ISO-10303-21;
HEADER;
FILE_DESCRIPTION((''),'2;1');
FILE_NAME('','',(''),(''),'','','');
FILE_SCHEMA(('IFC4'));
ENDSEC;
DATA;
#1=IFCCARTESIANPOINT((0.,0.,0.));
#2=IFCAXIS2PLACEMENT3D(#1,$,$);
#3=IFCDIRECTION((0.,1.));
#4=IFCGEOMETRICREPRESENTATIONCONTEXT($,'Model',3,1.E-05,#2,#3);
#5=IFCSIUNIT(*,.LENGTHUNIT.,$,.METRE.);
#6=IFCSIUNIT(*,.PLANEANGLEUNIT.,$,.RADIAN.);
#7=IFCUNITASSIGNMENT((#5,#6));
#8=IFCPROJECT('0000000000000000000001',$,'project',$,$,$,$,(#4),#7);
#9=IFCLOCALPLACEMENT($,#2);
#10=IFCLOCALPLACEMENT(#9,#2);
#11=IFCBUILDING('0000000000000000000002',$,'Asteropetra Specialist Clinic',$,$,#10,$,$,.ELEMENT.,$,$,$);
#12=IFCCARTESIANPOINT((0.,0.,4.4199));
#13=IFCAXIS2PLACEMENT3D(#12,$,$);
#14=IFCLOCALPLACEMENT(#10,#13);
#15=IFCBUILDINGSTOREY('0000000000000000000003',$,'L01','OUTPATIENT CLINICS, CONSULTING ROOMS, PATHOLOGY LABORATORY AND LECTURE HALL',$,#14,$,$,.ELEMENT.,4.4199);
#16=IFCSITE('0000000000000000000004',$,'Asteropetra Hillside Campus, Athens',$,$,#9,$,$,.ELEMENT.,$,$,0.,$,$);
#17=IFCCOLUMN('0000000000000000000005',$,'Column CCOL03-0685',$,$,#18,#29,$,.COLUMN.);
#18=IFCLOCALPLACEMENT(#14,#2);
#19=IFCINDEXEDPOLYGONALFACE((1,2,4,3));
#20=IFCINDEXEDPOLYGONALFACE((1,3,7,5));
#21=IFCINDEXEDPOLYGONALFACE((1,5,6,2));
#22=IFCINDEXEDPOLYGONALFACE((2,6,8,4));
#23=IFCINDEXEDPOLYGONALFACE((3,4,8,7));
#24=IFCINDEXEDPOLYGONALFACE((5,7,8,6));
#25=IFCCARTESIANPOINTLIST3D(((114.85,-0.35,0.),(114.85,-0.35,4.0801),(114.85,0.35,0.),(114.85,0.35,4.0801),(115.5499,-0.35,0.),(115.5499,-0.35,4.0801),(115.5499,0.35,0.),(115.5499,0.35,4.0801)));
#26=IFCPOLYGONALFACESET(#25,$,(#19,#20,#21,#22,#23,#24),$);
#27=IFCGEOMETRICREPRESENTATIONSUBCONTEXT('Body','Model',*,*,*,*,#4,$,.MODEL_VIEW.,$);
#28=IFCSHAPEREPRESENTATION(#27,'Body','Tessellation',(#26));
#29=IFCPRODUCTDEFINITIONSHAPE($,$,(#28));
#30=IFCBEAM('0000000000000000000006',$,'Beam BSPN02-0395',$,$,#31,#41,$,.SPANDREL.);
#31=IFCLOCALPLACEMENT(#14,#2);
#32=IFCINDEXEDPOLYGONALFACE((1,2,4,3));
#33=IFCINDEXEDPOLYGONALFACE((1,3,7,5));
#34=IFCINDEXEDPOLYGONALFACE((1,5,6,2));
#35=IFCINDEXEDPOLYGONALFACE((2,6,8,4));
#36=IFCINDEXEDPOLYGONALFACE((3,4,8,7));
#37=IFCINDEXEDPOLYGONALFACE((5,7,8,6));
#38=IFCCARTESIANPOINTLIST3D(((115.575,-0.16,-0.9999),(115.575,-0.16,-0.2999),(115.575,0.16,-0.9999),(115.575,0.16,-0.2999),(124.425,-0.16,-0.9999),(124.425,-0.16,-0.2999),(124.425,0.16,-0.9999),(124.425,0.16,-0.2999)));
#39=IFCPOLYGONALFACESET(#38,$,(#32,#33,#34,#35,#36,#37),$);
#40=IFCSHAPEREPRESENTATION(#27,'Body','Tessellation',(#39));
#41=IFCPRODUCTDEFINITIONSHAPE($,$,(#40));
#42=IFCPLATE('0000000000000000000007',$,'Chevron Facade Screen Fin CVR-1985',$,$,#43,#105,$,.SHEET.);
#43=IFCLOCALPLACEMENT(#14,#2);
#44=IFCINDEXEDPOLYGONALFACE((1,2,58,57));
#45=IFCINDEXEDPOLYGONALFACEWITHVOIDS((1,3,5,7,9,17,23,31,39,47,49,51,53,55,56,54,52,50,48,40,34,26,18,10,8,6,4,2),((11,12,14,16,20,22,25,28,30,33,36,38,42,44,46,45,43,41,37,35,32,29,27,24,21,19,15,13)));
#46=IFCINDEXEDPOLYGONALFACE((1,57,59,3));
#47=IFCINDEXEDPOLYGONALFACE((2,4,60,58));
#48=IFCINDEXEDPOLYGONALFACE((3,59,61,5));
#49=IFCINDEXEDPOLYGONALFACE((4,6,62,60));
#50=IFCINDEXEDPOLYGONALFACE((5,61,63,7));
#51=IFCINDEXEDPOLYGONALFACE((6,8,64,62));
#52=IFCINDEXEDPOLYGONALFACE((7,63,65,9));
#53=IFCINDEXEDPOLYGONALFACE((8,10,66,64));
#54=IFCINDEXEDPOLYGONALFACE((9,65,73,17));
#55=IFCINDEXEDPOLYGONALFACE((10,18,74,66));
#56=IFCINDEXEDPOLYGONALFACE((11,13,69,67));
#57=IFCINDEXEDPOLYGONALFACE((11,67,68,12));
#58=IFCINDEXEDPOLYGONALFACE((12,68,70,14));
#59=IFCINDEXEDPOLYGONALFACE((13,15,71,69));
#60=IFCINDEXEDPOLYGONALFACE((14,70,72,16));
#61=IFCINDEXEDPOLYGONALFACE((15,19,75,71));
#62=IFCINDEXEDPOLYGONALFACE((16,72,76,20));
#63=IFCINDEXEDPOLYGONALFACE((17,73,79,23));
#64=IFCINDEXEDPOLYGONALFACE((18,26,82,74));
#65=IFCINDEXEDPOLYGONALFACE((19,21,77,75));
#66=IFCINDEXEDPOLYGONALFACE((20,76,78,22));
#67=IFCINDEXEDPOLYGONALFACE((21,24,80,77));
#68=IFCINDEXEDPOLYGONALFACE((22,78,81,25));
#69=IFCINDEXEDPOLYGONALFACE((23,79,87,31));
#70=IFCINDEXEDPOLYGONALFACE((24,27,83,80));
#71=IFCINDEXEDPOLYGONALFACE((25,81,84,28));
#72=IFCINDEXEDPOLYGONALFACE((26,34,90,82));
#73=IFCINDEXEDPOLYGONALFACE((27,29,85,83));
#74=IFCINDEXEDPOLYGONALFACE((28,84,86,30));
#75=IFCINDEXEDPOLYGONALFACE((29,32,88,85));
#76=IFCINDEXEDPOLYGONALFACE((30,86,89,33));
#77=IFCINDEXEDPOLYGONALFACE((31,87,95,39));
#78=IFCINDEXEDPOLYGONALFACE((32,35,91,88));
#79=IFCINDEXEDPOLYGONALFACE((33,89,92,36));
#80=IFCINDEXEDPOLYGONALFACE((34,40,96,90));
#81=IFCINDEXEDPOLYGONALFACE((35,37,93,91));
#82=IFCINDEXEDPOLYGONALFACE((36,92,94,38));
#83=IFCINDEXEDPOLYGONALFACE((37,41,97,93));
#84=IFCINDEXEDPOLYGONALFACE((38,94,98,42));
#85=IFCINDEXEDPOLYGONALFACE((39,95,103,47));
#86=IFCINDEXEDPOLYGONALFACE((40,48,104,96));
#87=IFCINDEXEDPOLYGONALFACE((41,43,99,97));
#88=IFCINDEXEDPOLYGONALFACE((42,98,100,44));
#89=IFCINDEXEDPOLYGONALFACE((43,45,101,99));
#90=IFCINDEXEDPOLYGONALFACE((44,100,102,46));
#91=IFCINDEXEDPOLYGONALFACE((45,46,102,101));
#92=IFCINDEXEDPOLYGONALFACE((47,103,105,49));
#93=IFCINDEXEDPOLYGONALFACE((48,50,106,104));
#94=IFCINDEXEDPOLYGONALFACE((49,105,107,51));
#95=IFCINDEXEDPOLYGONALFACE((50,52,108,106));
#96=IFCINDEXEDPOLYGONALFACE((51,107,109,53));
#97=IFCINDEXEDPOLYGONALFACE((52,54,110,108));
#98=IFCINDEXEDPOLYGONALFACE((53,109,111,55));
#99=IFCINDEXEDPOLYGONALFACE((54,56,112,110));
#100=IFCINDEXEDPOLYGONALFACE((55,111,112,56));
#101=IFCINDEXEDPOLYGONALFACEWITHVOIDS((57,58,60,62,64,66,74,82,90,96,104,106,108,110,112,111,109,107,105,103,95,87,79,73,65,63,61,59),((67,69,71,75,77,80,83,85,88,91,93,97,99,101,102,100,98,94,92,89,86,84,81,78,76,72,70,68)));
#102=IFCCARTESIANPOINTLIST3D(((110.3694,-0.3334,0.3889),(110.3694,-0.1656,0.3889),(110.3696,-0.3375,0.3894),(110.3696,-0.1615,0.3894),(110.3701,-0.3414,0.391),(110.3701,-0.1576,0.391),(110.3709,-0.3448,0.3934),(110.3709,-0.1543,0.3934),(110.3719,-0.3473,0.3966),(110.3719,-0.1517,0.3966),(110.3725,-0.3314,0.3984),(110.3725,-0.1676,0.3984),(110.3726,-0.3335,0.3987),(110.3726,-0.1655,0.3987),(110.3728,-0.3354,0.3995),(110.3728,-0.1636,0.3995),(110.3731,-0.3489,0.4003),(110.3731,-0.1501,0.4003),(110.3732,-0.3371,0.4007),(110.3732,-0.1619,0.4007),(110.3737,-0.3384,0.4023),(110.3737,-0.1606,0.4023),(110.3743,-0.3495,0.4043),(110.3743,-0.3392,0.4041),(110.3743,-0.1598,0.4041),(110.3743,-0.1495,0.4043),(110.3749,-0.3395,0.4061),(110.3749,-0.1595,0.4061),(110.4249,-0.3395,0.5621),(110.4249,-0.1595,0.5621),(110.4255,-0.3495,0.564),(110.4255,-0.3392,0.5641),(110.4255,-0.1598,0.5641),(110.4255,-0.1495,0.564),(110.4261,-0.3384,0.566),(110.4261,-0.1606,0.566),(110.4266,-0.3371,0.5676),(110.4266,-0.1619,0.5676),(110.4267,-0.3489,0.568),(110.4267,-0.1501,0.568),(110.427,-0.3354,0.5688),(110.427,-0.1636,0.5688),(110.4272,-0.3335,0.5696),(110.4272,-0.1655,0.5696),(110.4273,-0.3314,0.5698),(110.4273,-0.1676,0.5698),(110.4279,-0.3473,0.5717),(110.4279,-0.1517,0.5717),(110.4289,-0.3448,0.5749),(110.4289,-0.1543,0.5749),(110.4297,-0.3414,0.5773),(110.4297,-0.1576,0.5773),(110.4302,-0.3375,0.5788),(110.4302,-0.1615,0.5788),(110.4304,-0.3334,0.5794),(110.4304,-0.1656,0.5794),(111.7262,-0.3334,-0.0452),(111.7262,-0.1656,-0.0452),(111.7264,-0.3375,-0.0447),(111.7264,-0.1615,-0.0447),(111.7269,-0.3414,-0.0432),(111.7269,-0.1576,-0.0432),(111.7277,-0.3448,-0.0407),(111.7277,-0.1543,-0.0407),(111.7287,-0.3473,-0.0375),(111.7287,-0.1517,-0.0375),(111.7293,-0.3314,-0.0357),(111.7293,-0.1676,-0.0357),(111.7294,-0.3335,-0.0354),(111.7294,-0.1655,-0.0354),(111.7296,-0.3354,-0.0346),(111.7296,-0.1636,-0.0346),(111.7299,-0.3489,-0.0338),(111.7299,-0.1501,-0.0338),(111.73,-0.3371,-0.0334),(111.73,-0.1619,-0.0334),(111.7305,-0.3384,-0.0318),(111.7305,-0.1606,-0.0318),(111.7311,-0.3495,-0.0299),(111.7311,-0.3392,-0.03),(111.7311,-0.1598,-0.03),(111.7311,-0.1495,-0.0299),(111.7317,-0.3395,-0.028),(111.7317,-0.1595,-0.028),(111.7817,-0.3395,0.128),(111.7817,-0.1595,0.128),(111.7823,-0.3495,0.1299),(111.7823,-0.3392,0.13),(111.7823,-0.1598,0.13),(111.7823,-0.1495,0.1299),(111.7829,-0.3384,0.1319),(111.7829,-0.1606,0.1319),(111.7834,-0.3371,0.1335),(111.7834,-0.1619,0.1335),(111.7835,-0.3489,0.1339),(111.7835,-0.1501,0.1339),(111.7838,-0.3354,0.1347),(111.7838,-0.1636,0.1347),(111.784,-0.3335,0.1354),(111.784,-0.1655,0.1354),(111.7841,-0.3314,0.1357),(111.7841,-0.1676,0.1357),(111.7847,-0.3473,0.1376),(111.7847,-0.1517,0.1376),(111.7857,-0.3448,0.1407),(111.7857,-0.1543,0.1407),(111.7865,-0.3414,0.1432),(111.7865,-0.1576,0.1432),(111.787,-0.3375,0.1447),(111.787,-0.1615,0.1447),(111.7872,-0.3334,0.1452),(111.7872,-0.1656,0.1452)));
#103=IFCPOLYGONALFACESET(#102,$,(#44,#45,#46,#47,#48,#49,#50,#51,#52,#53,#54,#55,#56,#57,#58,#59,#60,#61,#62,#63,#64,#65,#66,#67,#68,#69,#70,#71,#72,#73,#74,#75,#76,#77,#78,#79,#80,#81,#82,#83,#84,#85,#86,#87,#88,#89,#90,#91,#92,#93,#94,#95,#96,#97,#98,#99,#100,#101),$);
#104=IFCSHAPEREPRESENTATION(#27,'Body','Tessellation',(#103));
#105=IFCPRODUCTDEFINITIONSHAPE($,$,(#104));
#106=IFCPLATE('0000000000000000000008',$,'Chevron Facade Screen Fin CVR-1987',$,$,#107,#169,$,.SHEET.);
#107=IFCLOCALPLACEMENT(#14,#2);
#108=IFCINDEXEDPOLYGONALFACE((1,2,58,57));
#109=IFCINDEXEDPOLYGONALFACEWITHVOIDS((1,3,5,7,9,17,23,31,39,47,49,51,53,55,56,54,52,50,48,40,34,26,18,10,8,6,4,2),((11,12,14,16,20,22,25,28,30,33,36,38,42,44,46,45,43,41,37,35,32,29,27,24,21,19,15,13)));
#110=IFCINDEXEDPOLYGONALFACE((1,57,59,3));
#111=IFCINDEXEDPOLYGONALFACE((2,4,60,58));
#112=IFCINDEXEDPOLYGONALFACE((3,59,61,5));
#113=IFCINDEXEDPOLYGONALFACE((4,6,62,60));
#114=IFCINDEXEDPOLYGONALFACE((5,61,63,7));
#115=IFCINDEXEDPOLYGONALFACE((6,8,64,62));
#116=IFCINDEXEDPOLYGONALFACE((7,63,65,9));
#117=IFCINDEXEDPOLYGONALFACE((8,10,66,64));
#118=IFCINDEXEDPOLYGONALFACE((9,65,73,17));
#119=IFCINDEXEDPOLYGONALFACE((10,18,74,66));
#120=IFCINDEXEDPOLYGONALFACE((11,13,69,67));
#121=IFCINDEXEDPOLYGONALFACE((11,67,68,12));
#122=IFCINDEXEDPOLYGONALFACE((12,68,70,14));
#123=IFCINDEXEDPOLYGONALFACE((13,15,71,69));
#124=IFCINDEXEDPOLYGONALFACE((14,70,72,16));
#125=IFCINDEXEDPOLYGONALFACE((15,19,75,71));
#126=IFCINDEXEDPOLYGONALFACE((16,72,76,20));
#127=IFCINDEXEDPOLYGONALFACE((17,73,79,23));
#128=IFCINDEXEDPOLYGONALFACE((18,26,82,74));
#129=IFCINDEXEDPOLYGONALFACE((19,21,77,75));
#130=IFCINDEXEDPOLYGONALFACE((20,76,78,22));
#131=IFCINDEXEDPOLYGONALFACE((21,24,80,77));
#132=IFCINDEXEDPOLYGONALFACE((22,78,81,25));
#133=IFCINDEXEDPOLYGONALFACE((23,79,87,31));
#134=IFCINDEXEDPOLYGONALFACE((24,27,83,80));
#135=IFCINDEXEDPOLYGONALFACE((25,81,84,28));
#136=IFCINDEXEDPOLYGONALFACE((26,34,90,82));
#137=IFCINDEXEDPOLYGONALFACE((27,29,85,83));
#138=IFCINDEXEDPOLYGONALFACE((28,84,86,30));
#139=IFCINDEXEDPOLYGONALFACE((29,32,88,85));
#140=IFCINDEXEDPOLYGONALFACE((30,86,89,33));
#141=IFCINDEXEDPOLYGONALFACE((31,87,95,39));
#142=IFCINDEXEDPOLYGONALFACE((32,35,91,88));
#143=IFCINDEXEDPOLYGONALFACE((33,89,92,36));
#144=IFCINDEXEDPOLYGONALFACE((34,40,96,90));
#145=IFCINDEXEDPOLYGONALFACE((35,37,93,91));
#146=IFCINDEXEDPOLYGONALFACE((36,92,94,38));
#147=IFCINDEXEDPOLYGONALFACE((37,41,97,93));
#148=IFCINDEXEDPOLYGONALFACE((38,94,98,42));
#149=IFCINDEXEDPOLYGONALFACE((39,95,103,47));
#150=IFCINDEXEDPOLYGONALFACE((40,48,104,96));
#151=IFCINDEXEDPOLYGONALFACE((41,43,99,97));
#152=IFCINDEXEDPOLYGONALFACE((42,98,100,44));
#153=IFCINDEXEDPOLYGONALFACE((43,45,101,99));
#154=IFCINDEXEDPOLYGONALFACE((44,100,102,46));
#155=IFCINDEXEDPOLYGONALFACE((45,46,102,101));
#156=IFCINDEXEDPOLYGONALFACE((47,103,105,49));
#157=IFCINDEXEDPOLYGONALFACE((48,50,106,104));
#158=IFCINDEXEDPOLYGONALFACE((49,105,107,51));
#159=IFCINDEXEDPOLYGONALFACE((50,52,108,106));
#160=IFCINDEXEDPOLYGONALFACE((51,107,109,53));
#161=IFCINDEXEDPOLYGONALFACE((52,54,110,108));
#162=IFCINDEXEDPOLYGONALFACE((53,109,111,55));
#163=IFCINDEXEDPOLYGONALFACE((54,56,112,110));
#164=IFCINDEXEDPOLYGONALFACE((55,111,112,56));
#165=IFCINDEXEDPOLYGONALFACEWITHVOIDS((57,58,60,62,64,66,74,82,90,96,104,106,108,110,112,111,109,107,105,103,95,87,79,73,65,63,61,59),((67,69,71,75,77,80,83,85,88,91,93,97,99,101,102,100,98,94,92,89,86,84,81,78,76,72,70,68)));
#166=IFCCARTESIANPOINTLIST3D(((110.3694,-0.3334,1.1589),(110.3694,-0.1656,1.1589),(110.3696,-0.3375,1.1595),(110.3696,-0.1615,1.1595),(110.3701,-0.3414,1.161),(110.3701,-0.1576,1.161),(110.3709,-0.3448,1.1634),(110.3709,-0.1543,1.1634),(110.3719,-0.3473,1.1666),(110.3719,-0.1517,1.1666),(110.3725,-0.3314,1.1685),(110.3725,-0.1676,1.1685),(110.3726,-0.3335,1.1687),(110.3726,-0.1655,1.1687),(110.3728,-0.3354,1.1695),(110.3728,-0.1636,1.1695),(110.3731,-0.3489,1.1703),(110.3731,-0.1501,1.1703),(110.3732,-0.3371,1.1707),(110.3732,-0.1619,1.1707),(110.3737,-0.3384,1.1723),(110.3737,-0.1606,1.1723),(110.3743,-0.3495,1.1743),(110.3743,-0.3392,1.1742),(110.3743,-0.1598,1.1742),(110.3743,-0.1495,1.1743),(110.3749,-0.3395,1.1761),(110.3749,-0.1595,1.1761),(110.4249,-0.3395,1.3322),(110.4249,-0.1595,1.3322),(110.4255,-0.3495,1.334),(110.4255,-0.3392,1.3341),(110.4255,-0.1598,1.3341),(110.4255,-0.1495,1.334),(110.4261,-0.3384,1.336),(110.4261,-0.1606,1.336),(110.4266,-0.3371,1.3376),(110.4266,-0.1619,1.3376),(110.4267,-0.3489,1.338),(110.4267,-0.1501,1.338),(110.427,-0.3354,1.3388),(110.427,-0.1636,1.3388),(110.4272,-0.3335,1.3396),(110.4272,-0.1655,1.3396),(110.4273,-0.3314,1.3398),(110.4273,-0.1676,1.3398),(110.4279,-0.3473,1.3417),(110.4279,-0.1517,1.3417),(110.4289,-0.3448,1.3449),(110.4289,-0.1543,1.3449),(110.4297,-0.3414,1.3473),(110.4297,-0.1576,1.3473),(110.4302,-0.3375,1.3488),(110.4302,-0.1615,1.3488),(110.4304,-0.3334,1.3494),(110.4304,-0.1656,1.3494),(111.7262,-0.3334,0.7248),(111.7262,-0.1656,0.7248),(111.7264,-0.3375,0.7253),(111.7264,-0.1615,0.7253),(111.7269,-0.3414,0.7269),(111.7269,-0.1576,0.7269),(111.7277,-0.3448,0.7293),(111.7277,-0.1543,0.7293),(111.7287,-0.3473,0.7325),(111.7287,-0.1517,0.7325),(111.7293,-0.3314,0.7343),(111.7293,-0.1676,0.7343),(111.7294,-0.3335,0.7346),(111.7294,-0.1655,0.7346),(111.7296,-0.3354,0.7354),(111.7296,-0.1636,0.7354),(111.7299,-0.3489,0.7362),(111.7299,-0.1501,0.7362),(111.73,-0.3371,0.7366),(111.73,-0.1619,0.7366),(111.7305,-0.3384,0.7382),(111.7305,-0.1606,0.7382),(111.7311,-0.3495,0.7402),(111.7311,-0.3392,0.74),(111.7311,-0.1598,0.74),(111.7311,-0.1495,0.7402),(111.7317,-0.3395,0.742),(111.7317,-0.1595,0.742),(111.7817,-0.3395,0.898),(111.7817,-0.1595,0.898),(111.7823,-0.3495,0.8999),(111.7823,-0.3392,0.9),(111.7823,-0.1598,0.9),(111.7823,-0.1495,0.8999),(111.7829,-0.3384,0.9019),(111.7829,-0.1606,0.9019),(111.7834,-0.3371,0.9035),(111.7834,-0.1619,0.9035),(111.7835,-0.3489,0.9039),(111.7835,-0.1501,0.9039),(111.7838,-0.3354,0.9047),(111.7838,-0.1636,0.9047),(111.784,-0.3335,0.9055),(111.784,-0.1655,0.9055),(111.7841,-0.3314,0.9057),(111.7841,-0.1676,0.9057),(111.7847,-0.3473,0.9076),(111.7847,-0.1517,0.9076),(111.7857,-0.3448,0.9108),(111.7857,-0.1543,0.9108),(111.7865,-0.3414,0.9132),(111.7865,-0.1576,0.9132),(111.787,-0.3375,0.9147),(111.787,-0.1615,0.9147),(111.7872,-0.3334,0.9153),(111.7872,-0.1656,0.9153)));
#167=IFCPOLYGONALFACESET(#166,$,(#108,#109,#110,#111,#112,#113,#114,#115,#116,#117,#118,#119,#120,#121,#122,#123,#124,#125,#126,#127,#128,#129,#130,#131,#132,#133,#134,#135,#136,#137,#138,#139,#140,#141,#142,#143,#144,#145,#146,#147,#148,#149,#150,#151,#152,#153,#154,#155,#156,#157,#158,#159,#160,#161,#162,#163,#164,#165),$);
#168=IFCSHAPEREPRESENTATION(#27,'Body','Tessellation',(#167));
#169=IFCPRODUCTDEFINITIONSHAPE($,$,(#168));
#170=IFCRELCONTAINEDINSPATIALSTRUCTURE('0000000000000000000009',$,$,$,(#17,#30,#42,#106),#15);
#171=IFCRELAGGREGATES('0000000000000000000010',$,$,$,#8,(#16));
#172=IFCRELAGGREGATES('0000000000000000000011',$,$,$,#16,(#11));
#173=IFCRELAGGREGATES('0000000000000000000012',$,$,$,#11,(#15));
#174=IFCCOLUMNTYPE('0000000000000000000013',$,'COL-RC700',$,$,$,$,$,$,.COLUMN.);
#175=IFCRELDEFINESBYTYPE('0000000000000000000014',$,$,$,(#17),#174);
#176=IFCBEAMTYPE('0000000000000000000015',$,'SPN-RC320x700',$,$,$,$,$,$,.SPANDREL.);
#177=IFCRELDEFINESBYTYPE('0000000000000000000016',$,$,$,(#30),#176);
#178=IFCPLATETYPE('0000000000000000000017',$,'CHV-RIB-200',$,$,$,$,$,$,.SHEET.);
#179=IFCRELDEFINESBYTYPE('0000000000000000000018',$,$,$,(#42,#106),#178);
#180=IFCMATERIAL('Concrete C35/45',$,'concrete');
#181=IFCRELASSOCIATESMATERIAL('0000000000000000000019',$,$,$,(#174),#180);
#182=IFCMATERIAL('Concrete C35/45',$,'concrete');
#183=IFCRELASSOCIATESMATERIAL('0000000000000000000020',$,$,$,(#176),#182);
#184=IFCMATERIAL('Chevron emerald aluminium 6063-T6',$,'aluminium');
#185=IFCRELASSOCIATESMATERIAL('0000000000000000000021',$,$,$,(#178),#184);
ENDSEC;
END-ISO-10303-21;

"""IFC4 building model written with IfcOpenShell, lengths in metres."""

from ifc_helpers import new_model, si_unit, direction, frame, origin, origin_2d, place, context, subcontext, project, spatial, rectangle, hollow_rectangle, extrude, material, material_profile, profile_set, type_object, element, save


model = new_model("IFC4")

# Units and contexts
model_context = context("Model", 3, precision=1e-05, world=origin(), true_north=direction((0.0, 1.0)))
body_context = subcontext(model_context, "Body", "Model", "MODEL_VIEW")
ifc_project = project(units=[si_unit("LENGTHUNIT", "METRE"), si_unit("PLANEANGLEUNIT", "RADIAN")], contexts=[model_context])

# Site, building, storey
site_placement = place(None, origin())
site = spatial("IfcSite", under=ifc_project, at=site_placement, Name="Asteropetra Hillside Campus, Athens", CompositionType="ELEMENT", RefElevation=0.0)
building_placement = place(site_placement, origin())
building = spatial("IfcBuilding", under=site, at=building_placement, Name="Asteropetra Specialist Clinic", CompositionType="ELEMENT")
storey_placement = place(building_placement, frame((0.0, 0.0, 4.4199)))
storey = spatial("IfcBuildingStorey", under=building, at=storey_placement, Name="L01", Description="OUTPATIENT CLINICS, CONSULTING ROOMS, PATHOLOGY LABORATORY AND LECTURE HALL", CompositionType="ELEMENT", Elevation=4.4199)

# Column
ifc_material_1 = material(Name="Concrete C35/45", Category="concrete")
ifc_material_profile_1 = material_profile(ifc_material_1, rectangle(XDim=0.7, YDim=0.7, at=origin_2d()), Name="RC 700x700")
ifc_profile_set_1 = profile_set([ifc_material_profile_1], Name="Concrete C35/45")
column_type = type_object("IfcColumnType", Name="COL-RC700", PredefinedType="COLUMN", material=ifc_profile_set_1)
column_placement = place(storey_placement, frame((115.2, 0.0, 0.0), z_axis=(0.0, 0.0, 1.0), x_axis=(1.0, 0.0, 0.0)))
element("IfcColumn", 1, at=column_placement, inside=storey, type_object=column_type, Name="Column CCOL03-0685", PredefinedType="COLUMN", context=body_context, shape_type="SweptSolid", body=[
    extrude(rectangle(XDim=0.7, YDim=0.7, at=origin_2d()), origin(), (0.0, 0.0, 1.0), 4.0801),
])

# Beam
ifc_material_2 = material(Name="Concrete C35/45", Category="concrete")
ifc_material_profile_2 = material_profile(ifc_material_2, rectangle(XDim=0.3201, YDim=0.7, at=origin_2d()), Name="RCS 320x700")
ifc_profile_set_2 = profile_set([ifc_material_profile_2], Name="Concrete C35/45")
beam_type = type_object("IfcBeamType", Name="SPN-RC320x700", PredefinedType="SPANDREL", material=ifc_profile_set_2)
beam_placement = place(storey_placement, frame((115.575, 0.0, -0.6499), z_axis=(1.0, 0.0, 0.0), x_axis=(0.0, 1.0, 0.0)))
element("IfcBeam", 2, at=beam_placement, inside=storey, type_object=beam_type, Name="Beam BSPN02-0395", PredefinedType="SPANDREL", context=body_context, shape_type="SweptSolid", body=[
    extrude(rectangle(XDim=0.3201, YDim=0.7, at=origin_2d()), origin(), (0.0, 0.0, 1.0), 8.8501),
])

# Plates
ifc_material_3 = material(Name="Chevron emerald aluminium 6063-T6", Category="aluminium")
ifc_material_profile_3 = material_profile(ifc_material_3, hollow_rectangle(XDim=0.2, YDim=0.2, WallThickness=0.01, InnerFilletRadius=0.0081, OuterFilletRadius=0.0161, at=origin_2d()), Name="SHS 200x200x10.0")
ifc_profile_set_3 = profile_set([ifc_material_profile_3], Name="Chevron emerald aluminium 6063-T6")
plate_type = type_object("IfcPlateType", Name="CHV-RIB-200", PredefinedType="SHEET", material=ifc_profile_set_3)
for number, where, z_axis, x_axis, name in (
    (3, (110.3999, -0.2495, 0.4841), (0.952436, 0.0, -0.304738), (0.0, 1.0, 0.0), "Chevron Facade Screen Fin CVR-1985"),
    (4, (110.3999, -0.2495, 1.2542), (0.952436, 0.0, -0.304738), (0.0, 1.0, 0.0), "Chevron Facade Screen Fin CVR-1987"),
):
    element("IfcPlate", number, at=place(storey_placement, frame(where, z_axis=z_axis, x_axis=x_axis)), inside=storey, type_object=plate_type, Name=name, PredefinedType="SHEET", context=body_context, shape_type="SweptSolid", body=[
        extrude(hollow_rectangle(XDim=0.2, YDim=0.2, WallThickness=0.01, InnerFilletRadius=0.0081, OuterFilletRadius=0.0161, at=origin_2d()), origin(), (0.0, 0.0, 1.0), 1.4246),
    ])

save(model, "model.ifc")
